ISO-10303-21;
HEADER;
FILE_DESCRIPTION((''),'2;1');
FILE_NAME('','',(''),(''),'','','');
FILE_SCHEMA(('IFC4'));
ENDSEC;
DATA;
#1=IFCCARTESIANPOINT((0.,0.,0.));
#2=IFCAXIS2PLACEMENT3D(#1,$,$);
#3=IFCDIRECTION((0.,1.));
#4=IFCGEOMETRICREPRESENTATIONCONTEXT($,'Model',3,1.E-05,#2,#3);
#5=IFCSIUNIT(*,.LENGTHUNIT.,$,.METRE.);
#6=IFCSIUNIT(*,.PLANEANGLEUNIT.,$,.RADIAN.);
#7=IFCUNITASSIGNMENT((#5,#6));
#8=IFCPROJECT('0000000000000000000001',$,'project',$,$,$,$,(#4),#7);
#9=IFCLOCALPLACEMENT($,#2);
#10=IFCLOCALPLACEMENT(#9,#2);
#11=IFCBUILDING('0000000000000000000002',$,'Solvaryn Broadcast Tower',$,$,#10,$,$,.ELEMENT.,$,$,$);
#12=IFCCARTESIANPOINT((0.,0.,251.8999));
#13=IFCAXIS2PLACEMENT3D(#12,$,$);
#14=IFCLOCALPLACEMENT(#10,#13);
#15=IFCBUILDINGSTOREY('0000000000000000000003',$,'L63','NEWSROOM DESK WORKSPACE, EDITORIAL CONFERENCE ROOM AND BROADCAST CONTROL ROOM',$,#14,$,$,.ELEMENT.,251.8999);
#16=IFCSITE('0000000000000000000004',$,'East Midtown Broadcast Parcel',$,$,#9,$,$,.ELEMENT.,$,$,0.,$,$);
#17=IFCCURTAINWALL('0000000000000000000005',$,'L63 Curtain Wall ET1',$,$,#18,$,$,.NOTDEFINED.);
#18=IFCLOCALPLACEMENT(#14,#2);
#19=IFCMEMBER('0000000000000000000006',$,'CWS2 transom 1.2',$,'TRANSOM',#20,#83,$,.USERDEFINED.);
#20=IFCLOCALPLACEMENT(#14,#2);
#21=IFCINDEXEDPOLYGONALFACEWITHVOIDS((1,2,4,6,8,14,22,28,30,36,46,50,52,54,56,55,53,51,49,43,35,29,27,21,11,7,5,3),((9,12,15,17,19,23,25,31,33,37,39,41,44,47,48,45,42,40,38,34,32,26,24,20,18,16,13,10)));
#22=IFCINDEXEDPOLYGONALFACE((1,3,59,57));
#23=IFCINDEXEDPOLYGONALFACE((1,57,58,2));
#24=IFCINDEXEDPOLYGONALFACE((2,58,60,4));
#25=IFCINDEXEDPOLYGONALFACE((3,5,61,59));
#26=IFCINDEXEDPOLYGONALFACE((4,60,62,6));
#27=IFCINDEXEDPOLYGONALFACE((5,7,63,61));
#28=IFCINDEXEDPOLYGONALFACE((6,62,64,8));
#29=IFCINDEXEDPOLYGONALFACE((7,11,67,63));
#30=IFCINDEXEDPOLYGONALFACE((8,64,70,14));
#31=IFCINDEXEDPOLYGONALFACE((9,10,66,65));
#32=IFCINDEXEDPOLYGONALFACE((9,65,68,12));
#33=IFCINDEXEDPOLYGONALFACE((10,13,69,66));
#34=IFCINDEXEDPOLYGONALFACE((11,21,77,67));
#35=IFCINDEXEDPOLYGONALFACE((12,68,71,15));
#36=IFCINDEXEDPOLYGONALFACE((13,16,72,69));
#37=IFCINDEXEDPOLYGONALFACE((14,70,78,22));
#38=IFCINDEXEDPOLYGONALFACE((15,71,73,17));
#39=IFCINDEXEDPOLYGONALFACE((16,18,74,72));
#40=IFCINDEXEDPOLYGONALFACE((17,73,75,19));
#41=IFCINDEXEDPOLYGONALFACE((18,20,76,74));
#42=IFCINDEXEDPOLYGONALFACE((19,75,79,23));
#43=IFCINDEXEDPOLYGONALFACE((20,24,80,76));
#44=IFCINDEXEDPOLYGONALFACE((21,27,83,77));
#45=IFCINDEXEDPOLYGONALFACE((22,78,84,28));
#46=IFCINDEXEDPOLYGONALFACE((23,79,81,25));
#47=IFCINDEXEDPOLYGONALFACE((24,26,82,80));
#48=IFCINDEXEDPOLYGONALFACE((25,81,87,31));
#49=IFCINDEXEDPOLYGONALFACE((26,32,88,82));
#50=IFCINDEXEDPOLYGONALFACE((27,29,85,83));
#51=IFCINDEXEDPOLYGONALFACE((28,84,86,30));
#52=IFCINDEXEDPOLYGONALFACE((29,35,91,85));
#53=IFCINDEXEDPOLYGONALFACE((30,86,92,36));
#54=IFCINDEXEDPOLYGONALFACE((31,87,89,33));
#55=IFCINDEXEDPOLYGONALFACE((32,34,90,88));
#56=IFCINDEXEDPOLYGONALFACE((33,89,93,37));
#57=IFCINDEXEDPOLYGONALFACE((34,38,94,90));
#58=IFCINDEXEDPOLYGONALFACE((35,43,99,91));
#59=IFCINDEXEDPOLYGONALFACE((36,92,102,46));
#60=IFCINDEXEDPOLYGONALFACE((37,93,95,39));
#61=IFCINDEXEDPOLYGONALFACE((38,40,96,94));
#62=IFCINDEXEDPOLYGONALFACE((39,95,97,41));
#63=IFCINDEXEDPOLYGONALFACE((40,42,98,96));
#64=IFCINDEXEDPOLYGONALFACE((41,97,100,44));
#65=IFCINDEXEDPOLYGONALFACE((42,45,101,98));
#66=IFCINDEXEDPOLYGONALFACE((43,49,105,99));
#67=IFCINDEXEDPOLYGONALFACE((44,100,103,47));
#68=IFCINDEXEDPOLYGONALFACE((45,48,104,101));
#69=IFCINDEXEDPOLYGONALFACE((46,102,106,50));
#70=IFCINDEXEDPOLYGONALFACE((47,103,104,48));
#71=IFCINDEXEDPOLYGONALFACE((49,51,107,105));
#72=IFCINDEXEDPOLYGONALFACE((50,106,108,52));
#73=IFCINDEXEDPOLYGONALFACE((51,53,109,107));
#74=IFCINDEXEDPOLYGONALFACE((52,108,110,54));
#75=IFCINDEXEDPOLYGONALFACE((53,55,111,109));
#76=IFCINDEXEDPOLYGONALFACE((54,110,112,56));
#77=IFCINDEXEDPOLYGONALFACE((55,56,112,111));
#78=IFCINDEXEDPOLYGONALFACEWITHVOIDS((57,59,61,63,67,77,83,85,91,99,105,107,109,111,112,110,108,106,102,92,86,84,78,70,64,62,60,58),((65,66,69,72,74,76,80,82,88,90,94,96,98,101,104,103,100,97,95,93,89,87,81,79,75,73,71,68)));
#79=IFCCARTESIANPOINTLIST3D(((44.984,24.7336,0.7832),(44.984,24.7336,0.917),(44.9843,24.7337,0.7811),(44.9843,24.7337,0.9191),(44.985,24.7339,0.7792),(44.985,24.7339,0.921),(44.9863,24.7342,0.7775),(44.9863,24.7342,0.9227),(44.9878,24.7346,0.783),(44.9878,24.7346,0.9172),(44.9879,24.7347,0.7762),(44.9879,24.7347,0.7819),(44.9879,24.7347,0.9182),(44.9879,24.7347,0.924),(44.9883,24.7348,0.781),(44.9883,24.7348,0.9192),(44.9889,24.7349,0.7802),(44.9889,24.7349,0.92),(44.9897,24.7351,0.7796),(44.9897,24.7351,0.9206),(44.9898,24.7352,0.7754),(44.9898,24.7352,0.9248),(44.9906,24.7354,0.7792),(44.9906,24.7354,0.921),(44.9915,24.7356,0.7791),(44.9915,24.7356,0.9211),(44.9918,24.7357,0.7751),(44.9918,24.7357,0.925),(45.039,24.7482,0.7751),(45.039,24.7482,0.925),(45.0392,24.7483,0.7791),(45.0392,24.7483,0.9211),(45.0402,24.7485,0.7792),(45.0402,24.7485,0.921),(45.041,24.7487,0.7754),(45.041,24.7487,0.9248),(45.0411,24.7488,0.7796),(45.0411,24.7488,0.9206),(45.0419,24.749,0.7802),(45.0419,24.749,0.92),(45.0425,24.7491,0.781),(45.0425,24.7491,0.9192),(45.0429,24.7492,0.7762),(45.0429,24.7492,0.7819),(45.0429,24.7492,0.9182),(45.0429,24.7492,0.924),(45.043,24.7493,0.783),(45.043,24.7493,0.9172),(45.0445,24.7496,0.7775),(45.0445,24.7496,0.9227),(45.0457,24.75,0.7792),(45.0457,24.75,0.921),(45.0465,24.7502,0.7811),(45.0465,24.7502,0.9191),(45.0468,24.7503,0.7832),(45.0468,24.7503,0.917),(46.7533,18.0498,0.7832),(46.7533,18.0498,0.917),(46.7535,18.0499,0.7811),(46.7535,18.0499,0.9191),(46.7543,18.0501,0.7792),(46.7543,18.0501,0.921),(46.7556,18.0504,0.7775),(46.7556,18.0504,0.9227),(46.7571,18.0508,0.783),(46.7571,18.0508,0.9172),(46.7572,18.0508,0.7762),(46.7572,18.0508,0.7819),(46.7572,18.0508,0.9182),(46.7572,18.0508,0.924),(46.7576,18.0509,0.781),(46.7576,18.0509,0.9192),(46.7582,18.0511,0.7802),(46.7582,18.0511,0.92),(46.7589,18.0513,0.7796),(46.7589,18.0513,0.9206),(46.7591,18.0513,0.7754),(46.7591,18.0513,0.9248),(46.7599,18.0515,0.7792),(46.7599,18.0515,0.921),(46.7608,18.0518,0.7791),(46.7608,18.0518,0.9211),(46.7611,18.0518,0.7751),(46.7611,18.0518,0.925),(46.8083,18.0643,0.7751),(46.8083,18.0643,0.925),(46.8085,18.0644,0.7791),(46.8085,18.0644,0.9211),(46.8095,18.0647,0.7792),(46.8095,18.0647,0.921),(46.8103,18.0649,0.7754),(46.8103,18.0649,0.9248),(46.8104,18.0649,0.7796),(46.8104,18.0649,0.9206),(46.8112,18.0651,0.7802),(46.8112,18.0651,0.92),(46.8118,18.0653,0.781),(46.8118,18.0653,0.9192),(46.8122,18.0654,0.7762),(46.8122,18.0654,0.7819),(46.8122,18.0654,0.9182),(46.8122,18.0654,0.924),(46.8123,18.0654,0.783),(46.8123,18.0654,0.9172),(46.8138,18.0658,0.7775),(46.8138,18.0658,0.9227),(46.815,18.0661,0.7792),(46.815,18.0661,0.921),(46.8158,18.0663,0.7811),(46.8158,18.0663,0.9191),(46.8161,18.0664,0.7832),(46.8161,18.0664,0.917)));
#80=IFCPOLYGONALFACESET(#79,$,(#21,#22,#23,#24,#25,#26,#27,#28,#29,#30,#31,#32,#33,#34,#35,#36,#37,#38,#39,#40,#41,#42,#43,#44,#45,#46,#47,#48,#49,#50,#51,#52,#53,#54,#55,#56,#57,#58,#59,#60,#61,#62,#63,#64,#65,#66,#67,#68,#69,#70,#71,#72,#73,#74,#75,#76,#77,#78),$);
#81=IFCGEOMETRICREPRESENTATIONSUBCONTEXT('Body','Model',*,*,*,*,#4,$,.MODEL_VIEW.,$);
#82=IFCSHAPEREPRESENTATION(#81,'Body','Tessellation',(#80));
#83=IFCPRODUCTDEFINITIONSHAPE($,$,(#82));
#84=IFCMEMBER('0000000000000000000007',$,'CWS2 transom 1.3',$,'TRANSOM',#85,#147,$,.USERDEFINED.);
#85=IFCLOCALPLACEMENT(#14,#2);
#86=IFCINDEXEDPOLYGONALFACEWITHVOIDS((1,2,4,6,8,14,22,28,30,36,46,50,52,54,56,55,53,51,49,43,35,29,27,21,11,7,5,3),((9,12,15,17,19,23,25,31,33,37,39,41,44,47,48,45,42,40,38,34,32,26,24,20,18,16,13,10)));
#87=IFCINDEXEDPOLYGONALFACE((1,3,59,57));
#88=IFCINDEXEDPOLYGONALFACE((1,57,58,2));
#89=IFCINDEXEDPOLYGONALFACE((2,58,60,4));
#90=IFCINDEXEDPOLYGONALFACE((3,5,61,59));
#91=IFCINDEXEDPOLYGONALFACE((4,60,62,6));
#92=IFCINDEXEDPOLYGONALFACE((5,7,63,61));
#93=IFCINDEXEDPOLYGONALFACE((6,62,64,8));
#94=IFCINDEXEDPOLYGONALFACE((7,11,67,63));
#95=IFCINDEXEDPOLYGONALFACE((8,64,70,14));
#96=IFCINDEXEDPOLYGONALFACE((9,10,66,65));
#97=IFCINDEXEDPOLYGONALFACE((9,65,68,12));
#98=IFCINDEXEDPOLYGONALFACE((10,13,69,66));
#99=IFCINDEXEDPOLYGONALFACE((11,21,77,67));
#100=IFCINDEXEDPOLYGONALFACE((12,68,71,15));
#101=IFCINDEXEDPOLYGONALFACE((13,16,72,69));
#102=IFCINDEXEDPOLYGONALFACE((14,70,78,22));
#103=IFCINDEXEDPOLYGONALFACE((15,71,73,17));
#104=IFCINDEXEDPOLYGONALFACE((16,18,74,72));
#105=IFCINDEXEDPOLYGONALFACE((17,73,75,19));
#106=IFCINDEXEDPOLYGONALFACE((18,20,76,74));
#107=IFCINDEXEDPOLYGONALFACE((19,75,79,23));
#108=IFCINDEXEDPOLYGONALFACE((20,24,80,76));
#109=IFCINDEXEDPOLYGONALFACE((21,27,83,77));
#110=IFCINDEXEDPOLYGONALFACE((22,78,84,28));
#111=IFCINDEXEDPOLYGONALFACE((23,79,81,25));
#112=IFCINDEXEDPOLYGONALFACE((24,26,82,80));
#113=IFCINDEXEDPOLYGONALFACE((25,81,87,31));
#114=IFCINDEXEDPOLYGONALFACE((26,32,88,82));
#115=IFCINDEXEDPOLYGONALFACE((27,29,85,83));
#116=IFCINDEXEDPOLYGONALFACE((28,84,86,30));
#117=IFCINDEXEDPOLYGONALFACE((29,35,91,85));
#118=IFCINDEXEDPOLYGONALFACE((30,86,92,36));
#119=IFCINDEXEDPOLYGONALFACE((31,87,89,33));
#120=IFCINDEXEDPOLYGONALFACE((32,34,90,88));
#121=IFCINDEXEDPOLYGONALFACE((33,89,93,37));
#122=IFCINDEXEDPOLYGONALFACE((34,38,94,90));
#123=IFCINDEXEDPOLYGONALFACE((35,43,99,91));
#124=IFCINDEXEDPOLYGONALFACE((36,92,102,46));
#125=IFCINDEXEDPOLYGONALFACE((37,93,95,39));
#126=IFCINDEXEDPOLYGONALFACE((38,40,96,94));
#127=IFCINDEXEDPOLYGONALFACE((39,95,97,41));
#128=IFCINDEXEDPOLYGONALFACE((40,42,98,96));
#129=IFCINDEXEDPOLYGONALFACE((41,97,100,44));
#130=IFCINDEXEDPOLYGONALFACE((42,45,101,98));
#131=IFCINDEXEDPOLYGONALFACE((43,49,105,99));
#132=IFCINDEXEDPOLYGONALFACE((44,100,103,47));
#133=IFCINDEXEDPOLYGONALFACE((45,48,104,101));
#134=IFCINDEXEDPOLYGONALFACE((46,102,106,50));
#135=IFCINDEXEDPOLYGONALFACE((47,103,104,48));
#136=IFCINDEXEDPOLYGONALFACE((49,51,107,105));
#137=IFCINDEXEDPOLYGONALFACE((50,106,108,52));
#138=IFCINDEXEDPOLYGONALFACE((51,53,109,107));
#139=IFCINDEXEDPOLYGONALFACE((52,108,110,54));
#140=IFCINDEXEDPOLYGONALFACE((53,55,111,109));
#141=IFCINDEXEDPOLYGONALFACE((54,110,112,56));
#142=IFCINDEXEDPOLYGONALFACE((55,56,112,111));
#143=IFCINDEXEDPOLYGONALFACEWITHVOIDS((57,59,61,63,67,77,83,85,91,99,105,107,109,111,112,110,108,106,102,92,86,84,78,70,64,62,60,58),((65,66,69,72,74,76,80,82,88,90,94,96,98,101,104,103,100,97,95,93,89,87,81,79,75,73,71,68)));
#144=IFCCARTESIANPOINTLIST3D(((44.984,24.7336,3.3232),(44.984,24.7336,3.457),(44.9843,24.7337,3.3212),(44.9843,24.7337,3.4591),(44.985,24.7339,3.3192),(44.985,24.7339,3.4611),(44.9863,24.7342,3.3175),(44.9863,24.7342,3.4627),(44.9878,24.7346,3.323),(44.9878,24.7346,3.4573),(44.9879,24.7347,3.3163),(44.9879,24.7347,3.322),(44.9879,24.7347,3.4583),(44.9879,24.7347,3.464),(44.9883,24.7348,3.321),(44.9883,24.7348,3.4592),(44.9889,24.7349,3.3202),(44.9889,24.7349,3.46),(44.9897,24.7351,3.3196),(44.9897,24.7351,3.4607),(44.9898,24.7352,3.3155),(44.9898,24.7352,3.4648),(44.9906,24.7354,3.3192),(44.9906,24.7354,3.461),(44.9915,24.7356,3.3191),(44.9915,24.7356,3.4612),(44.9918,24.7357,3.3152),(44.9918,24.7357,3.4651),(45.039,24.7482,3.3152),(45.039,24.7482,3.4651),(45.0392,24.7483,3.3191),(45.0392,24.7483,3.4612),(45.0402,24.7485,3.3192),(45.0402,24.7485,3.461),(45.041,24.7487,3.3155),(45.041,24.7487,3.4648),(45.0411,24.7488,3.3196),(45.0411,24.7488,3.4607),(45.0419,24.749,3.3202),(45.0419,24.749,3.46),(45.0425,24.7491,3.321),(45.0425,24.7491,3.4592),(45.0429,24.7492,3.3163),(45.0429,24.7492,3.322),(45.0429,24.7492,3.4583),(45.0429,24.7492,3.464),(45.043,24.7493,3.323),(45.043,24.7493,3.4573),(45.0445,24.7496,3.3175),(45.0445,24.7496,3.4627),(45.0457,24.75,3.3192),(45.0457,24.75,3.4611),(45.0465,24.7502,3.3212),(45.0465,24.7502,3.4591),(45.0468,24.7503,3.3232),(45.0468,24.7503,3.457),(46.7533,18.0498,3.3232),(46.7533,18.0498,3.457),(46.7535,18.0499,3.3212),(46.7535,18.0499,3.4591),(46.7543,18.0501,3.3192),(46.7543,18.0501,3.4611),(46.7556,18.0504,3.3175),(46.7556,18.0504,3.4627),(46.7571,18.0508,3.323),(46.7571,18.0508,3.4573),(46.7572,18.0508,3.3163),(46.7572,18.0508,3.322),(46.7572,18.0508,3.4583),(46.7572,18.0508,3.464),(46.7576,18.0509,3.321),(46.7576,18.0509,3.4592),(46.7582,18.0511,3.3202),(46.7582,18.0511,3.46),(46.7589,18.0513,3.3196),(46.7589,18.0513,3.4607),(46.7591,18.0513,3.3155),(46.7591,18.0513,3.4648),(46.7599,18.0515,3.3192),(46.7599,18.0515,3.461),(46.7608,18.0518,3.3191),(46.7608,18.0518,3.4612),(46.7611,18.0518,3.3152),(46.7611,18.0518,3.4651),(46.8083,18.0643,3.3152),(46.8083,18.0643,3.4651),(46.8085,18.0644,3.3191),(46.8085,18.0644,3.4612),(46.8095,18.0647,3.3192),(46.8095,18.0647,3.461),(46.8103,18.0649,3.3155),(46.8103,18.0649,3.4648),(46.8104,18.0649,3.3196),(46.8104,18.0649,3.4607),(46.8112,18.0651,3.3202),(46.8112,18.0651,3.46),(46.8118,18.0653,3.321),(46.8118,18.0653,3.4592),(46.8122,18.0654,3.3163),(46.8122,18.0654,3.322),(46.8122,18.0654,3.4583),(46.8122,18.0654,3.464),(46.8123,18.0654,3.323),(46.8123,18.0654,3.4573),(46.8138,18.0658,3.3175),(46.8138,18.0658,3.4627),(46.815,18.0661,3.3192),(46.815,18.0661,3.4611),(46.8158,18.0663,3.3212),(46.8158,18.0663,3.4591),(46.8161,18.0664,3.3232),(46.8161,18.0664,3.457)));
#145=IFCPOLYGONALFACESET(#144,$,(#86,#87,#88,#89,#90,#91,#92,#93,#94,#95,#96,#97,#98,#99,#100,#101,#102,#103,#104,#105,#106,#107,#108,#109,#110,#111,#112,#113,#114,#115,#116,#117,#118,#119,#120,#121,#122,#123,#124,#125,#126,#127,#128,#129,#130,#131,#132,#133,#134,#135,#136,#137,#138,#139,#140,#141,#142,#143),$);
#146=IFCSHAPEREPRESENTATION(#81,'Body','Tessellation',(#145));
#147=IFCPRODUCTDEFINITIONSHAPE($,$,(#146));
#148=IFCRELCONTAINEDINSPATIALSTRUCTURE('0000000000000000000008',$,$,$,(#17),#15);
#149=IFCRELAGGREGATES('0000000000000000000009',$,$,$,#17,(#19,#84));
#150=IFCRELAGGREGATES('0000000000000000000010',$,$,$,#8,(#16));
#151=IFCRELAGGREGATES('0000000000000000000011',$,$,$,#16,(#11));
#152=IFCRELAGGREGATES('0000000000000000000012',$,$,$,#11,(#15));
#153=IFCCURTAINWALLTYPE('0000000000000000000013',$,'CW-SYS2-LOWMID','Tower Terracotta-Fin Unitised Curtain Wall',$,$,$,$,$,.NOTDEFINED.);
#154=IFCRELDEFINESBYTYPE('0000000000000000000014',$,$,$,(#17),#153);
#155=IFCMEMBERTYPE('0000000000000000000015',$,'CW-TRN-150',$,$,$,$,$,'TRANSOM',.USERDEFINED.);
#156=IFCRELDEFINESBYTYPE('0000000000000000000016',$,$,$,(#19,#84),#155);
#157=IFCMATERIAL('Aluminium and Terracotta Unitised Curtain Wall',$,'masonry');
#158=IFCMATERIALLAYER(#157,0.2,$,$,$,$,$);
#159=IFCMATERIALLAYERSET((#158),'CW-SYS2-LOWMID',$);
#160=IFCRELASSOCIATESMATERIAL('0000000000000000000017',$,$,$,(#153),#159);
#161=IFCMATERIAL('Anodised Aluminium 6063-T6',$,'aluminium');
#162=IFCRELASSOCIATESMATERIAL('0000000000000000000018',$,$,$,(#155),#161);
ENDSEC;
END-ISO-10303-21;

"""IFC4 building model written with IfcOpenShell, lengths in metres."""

from ifc_helpers import new_model, si_unit, direction, frame, origin, origin_2d, place, context, subcontext, project, spatial, hollow_rectangle, extrude, material, layer, layer_set, material_profile, profile_set, type_object, element, aggregate, save


model = new_model("IFC4")

# Units and contexts
model_context = context("Model", 3, precision=1e-05, world=origin(), true_north=direction((0.0, 1.0)))
body_context = subcontext(model_context, "Body", "Model", "MODEL_VIEW")
ifc_project = project(units=[si_unit("LENGTHUNIT", "METRE"), si_unit("PLANEANGLEUNIT", "RADIAN")], contexts=[model_context])

# Site, building, storey
site_placement = place(None, origin())
site = spatial("IfcSite", under=ifc_project, at=site_placement, Name="East Midtown Broadcast Parcel", CompositionType="ELEMENT", RefElevation=0.0)
building_placement = place(site_placement, origin())
building = spatial("IfcBuilding", under=site, at=building_placement, Name="Solvaryn Broadcast Tower", CompositionType="ELEMENT")
storey_placement = place(building_placement, frame((0.0, 0.0, 251.8999)))
storey = spatial("IfcBuildingStorey", under=building, at=storey_placement, Name="L63", Description="NEWSROOM DESK WORKSPACE, EDITORIAL CONFERENCE ROOM AND BROADCAST CONTROL ROOM", CompositionType="ELEMENT", Elevation=251.8999)

# Curtain wall
ifc_material_1 = material(Name="Aluminium and Terracotta Unitised Curtain Wall", Category="masonry")
ifc_layer_1 = layer(ifc_material_1, 0.2)
ifc_layer_set_1 = layer_set([ifc_layer_1], Name="CW-SYS2-LOWMID")
curtain_wall_type = type_object("IfcCurtainWallType", Name="CW-SYS2-LOWMID", Description="Tower Terracotta-Fin Unitised Curtain Wall", PredefinedType="NOTDEFINED", material=ifc_layer_set_1)
curtain_wall_1_placement = place(storey_placement, origin())
curtain_wall_1 = element("IfcCurtainWall", 1, at=curtain_wall_1_placement, inside=storey, type_object=curtain_wall_type, Name="L63 Curtain Wall ET1", PredefinedType="NOTDEFINED")

# Members
ifc_material_2 = material(Name="Anodised Aluminium 6063-T6", Category="aluminium")
ifc_material_profile_1 = material_profile(ifc_material_2, hollow_rectangle(XDim=0.0649, YDim=0.1499, WallThickness=0.0039, InnerFilletRadius=0.0039, OuterFilletRadius=0.0081, at=origin_2d()))
ifc_profile_set_1 = profile_set([ifc_material_profile_1], Name="Anodised Aluminium 6063-T6")
member_type_1 = type_object("IfcMemberType", Name="CW-TRN-150", ElementType="TRANSOM", PredefinedType="USERDEFINED", material=ifc_profile_set_1)
member_1_placement = place(storey_placement, frame((45.0154, 24.7419, 0.8501), z_axis=(0.255897, -0.966704, 0.0), x_axis=(0.966704, 0.255897, 0.0)))
member_1 = element("IfcMember", 2, at=member_1_placement, type_object=member_type_1, Name="CWS2 transom 1.2", ObjectType="TRANSOM", PredefinedType="USERDEFINED", context=body_context, shape_type="SweptSolid", body=[
    extrude(hollow_rectangle(XDim=0.0649, YDim=0.1499, WallThickness=0.0039, InnerFilletRadius=0.0039, OuterFilletRadius=0.0081, at=origin_2d()), origin(), (0.0, 0.0, 1.0), 6.9141),
])
member_2_placement = place(storey_placement, frame((45.0154, 24.7419, 3.3901), z_axis=(0.255897, -0.966704, 0.0), x_axis=(0.966704, 0.255897, 0.0)))
member_2 = element("IfcMember", 3, at=member_2_placement, type_object=member_type_1, Name="CWS2 transom 1.3", ObjectType="TRANSOM", PredefinedType="USERDEFINED", context=body_context, shape_type="SweptSolid", body=[
    extrude(hollow_rectangle(XDim=0.0649, YDim=0.1499, WallThickness=0.0039, InnerFilletRadius=0.0039, OuterFilletRadius=0.0081, at=origin_2d()), origin(), (0.0, 0.0, 1.0), 6.9141),
])

aggregate(curtain_wall_1, [member_1, member_2])

save(model, "model.ifc")
